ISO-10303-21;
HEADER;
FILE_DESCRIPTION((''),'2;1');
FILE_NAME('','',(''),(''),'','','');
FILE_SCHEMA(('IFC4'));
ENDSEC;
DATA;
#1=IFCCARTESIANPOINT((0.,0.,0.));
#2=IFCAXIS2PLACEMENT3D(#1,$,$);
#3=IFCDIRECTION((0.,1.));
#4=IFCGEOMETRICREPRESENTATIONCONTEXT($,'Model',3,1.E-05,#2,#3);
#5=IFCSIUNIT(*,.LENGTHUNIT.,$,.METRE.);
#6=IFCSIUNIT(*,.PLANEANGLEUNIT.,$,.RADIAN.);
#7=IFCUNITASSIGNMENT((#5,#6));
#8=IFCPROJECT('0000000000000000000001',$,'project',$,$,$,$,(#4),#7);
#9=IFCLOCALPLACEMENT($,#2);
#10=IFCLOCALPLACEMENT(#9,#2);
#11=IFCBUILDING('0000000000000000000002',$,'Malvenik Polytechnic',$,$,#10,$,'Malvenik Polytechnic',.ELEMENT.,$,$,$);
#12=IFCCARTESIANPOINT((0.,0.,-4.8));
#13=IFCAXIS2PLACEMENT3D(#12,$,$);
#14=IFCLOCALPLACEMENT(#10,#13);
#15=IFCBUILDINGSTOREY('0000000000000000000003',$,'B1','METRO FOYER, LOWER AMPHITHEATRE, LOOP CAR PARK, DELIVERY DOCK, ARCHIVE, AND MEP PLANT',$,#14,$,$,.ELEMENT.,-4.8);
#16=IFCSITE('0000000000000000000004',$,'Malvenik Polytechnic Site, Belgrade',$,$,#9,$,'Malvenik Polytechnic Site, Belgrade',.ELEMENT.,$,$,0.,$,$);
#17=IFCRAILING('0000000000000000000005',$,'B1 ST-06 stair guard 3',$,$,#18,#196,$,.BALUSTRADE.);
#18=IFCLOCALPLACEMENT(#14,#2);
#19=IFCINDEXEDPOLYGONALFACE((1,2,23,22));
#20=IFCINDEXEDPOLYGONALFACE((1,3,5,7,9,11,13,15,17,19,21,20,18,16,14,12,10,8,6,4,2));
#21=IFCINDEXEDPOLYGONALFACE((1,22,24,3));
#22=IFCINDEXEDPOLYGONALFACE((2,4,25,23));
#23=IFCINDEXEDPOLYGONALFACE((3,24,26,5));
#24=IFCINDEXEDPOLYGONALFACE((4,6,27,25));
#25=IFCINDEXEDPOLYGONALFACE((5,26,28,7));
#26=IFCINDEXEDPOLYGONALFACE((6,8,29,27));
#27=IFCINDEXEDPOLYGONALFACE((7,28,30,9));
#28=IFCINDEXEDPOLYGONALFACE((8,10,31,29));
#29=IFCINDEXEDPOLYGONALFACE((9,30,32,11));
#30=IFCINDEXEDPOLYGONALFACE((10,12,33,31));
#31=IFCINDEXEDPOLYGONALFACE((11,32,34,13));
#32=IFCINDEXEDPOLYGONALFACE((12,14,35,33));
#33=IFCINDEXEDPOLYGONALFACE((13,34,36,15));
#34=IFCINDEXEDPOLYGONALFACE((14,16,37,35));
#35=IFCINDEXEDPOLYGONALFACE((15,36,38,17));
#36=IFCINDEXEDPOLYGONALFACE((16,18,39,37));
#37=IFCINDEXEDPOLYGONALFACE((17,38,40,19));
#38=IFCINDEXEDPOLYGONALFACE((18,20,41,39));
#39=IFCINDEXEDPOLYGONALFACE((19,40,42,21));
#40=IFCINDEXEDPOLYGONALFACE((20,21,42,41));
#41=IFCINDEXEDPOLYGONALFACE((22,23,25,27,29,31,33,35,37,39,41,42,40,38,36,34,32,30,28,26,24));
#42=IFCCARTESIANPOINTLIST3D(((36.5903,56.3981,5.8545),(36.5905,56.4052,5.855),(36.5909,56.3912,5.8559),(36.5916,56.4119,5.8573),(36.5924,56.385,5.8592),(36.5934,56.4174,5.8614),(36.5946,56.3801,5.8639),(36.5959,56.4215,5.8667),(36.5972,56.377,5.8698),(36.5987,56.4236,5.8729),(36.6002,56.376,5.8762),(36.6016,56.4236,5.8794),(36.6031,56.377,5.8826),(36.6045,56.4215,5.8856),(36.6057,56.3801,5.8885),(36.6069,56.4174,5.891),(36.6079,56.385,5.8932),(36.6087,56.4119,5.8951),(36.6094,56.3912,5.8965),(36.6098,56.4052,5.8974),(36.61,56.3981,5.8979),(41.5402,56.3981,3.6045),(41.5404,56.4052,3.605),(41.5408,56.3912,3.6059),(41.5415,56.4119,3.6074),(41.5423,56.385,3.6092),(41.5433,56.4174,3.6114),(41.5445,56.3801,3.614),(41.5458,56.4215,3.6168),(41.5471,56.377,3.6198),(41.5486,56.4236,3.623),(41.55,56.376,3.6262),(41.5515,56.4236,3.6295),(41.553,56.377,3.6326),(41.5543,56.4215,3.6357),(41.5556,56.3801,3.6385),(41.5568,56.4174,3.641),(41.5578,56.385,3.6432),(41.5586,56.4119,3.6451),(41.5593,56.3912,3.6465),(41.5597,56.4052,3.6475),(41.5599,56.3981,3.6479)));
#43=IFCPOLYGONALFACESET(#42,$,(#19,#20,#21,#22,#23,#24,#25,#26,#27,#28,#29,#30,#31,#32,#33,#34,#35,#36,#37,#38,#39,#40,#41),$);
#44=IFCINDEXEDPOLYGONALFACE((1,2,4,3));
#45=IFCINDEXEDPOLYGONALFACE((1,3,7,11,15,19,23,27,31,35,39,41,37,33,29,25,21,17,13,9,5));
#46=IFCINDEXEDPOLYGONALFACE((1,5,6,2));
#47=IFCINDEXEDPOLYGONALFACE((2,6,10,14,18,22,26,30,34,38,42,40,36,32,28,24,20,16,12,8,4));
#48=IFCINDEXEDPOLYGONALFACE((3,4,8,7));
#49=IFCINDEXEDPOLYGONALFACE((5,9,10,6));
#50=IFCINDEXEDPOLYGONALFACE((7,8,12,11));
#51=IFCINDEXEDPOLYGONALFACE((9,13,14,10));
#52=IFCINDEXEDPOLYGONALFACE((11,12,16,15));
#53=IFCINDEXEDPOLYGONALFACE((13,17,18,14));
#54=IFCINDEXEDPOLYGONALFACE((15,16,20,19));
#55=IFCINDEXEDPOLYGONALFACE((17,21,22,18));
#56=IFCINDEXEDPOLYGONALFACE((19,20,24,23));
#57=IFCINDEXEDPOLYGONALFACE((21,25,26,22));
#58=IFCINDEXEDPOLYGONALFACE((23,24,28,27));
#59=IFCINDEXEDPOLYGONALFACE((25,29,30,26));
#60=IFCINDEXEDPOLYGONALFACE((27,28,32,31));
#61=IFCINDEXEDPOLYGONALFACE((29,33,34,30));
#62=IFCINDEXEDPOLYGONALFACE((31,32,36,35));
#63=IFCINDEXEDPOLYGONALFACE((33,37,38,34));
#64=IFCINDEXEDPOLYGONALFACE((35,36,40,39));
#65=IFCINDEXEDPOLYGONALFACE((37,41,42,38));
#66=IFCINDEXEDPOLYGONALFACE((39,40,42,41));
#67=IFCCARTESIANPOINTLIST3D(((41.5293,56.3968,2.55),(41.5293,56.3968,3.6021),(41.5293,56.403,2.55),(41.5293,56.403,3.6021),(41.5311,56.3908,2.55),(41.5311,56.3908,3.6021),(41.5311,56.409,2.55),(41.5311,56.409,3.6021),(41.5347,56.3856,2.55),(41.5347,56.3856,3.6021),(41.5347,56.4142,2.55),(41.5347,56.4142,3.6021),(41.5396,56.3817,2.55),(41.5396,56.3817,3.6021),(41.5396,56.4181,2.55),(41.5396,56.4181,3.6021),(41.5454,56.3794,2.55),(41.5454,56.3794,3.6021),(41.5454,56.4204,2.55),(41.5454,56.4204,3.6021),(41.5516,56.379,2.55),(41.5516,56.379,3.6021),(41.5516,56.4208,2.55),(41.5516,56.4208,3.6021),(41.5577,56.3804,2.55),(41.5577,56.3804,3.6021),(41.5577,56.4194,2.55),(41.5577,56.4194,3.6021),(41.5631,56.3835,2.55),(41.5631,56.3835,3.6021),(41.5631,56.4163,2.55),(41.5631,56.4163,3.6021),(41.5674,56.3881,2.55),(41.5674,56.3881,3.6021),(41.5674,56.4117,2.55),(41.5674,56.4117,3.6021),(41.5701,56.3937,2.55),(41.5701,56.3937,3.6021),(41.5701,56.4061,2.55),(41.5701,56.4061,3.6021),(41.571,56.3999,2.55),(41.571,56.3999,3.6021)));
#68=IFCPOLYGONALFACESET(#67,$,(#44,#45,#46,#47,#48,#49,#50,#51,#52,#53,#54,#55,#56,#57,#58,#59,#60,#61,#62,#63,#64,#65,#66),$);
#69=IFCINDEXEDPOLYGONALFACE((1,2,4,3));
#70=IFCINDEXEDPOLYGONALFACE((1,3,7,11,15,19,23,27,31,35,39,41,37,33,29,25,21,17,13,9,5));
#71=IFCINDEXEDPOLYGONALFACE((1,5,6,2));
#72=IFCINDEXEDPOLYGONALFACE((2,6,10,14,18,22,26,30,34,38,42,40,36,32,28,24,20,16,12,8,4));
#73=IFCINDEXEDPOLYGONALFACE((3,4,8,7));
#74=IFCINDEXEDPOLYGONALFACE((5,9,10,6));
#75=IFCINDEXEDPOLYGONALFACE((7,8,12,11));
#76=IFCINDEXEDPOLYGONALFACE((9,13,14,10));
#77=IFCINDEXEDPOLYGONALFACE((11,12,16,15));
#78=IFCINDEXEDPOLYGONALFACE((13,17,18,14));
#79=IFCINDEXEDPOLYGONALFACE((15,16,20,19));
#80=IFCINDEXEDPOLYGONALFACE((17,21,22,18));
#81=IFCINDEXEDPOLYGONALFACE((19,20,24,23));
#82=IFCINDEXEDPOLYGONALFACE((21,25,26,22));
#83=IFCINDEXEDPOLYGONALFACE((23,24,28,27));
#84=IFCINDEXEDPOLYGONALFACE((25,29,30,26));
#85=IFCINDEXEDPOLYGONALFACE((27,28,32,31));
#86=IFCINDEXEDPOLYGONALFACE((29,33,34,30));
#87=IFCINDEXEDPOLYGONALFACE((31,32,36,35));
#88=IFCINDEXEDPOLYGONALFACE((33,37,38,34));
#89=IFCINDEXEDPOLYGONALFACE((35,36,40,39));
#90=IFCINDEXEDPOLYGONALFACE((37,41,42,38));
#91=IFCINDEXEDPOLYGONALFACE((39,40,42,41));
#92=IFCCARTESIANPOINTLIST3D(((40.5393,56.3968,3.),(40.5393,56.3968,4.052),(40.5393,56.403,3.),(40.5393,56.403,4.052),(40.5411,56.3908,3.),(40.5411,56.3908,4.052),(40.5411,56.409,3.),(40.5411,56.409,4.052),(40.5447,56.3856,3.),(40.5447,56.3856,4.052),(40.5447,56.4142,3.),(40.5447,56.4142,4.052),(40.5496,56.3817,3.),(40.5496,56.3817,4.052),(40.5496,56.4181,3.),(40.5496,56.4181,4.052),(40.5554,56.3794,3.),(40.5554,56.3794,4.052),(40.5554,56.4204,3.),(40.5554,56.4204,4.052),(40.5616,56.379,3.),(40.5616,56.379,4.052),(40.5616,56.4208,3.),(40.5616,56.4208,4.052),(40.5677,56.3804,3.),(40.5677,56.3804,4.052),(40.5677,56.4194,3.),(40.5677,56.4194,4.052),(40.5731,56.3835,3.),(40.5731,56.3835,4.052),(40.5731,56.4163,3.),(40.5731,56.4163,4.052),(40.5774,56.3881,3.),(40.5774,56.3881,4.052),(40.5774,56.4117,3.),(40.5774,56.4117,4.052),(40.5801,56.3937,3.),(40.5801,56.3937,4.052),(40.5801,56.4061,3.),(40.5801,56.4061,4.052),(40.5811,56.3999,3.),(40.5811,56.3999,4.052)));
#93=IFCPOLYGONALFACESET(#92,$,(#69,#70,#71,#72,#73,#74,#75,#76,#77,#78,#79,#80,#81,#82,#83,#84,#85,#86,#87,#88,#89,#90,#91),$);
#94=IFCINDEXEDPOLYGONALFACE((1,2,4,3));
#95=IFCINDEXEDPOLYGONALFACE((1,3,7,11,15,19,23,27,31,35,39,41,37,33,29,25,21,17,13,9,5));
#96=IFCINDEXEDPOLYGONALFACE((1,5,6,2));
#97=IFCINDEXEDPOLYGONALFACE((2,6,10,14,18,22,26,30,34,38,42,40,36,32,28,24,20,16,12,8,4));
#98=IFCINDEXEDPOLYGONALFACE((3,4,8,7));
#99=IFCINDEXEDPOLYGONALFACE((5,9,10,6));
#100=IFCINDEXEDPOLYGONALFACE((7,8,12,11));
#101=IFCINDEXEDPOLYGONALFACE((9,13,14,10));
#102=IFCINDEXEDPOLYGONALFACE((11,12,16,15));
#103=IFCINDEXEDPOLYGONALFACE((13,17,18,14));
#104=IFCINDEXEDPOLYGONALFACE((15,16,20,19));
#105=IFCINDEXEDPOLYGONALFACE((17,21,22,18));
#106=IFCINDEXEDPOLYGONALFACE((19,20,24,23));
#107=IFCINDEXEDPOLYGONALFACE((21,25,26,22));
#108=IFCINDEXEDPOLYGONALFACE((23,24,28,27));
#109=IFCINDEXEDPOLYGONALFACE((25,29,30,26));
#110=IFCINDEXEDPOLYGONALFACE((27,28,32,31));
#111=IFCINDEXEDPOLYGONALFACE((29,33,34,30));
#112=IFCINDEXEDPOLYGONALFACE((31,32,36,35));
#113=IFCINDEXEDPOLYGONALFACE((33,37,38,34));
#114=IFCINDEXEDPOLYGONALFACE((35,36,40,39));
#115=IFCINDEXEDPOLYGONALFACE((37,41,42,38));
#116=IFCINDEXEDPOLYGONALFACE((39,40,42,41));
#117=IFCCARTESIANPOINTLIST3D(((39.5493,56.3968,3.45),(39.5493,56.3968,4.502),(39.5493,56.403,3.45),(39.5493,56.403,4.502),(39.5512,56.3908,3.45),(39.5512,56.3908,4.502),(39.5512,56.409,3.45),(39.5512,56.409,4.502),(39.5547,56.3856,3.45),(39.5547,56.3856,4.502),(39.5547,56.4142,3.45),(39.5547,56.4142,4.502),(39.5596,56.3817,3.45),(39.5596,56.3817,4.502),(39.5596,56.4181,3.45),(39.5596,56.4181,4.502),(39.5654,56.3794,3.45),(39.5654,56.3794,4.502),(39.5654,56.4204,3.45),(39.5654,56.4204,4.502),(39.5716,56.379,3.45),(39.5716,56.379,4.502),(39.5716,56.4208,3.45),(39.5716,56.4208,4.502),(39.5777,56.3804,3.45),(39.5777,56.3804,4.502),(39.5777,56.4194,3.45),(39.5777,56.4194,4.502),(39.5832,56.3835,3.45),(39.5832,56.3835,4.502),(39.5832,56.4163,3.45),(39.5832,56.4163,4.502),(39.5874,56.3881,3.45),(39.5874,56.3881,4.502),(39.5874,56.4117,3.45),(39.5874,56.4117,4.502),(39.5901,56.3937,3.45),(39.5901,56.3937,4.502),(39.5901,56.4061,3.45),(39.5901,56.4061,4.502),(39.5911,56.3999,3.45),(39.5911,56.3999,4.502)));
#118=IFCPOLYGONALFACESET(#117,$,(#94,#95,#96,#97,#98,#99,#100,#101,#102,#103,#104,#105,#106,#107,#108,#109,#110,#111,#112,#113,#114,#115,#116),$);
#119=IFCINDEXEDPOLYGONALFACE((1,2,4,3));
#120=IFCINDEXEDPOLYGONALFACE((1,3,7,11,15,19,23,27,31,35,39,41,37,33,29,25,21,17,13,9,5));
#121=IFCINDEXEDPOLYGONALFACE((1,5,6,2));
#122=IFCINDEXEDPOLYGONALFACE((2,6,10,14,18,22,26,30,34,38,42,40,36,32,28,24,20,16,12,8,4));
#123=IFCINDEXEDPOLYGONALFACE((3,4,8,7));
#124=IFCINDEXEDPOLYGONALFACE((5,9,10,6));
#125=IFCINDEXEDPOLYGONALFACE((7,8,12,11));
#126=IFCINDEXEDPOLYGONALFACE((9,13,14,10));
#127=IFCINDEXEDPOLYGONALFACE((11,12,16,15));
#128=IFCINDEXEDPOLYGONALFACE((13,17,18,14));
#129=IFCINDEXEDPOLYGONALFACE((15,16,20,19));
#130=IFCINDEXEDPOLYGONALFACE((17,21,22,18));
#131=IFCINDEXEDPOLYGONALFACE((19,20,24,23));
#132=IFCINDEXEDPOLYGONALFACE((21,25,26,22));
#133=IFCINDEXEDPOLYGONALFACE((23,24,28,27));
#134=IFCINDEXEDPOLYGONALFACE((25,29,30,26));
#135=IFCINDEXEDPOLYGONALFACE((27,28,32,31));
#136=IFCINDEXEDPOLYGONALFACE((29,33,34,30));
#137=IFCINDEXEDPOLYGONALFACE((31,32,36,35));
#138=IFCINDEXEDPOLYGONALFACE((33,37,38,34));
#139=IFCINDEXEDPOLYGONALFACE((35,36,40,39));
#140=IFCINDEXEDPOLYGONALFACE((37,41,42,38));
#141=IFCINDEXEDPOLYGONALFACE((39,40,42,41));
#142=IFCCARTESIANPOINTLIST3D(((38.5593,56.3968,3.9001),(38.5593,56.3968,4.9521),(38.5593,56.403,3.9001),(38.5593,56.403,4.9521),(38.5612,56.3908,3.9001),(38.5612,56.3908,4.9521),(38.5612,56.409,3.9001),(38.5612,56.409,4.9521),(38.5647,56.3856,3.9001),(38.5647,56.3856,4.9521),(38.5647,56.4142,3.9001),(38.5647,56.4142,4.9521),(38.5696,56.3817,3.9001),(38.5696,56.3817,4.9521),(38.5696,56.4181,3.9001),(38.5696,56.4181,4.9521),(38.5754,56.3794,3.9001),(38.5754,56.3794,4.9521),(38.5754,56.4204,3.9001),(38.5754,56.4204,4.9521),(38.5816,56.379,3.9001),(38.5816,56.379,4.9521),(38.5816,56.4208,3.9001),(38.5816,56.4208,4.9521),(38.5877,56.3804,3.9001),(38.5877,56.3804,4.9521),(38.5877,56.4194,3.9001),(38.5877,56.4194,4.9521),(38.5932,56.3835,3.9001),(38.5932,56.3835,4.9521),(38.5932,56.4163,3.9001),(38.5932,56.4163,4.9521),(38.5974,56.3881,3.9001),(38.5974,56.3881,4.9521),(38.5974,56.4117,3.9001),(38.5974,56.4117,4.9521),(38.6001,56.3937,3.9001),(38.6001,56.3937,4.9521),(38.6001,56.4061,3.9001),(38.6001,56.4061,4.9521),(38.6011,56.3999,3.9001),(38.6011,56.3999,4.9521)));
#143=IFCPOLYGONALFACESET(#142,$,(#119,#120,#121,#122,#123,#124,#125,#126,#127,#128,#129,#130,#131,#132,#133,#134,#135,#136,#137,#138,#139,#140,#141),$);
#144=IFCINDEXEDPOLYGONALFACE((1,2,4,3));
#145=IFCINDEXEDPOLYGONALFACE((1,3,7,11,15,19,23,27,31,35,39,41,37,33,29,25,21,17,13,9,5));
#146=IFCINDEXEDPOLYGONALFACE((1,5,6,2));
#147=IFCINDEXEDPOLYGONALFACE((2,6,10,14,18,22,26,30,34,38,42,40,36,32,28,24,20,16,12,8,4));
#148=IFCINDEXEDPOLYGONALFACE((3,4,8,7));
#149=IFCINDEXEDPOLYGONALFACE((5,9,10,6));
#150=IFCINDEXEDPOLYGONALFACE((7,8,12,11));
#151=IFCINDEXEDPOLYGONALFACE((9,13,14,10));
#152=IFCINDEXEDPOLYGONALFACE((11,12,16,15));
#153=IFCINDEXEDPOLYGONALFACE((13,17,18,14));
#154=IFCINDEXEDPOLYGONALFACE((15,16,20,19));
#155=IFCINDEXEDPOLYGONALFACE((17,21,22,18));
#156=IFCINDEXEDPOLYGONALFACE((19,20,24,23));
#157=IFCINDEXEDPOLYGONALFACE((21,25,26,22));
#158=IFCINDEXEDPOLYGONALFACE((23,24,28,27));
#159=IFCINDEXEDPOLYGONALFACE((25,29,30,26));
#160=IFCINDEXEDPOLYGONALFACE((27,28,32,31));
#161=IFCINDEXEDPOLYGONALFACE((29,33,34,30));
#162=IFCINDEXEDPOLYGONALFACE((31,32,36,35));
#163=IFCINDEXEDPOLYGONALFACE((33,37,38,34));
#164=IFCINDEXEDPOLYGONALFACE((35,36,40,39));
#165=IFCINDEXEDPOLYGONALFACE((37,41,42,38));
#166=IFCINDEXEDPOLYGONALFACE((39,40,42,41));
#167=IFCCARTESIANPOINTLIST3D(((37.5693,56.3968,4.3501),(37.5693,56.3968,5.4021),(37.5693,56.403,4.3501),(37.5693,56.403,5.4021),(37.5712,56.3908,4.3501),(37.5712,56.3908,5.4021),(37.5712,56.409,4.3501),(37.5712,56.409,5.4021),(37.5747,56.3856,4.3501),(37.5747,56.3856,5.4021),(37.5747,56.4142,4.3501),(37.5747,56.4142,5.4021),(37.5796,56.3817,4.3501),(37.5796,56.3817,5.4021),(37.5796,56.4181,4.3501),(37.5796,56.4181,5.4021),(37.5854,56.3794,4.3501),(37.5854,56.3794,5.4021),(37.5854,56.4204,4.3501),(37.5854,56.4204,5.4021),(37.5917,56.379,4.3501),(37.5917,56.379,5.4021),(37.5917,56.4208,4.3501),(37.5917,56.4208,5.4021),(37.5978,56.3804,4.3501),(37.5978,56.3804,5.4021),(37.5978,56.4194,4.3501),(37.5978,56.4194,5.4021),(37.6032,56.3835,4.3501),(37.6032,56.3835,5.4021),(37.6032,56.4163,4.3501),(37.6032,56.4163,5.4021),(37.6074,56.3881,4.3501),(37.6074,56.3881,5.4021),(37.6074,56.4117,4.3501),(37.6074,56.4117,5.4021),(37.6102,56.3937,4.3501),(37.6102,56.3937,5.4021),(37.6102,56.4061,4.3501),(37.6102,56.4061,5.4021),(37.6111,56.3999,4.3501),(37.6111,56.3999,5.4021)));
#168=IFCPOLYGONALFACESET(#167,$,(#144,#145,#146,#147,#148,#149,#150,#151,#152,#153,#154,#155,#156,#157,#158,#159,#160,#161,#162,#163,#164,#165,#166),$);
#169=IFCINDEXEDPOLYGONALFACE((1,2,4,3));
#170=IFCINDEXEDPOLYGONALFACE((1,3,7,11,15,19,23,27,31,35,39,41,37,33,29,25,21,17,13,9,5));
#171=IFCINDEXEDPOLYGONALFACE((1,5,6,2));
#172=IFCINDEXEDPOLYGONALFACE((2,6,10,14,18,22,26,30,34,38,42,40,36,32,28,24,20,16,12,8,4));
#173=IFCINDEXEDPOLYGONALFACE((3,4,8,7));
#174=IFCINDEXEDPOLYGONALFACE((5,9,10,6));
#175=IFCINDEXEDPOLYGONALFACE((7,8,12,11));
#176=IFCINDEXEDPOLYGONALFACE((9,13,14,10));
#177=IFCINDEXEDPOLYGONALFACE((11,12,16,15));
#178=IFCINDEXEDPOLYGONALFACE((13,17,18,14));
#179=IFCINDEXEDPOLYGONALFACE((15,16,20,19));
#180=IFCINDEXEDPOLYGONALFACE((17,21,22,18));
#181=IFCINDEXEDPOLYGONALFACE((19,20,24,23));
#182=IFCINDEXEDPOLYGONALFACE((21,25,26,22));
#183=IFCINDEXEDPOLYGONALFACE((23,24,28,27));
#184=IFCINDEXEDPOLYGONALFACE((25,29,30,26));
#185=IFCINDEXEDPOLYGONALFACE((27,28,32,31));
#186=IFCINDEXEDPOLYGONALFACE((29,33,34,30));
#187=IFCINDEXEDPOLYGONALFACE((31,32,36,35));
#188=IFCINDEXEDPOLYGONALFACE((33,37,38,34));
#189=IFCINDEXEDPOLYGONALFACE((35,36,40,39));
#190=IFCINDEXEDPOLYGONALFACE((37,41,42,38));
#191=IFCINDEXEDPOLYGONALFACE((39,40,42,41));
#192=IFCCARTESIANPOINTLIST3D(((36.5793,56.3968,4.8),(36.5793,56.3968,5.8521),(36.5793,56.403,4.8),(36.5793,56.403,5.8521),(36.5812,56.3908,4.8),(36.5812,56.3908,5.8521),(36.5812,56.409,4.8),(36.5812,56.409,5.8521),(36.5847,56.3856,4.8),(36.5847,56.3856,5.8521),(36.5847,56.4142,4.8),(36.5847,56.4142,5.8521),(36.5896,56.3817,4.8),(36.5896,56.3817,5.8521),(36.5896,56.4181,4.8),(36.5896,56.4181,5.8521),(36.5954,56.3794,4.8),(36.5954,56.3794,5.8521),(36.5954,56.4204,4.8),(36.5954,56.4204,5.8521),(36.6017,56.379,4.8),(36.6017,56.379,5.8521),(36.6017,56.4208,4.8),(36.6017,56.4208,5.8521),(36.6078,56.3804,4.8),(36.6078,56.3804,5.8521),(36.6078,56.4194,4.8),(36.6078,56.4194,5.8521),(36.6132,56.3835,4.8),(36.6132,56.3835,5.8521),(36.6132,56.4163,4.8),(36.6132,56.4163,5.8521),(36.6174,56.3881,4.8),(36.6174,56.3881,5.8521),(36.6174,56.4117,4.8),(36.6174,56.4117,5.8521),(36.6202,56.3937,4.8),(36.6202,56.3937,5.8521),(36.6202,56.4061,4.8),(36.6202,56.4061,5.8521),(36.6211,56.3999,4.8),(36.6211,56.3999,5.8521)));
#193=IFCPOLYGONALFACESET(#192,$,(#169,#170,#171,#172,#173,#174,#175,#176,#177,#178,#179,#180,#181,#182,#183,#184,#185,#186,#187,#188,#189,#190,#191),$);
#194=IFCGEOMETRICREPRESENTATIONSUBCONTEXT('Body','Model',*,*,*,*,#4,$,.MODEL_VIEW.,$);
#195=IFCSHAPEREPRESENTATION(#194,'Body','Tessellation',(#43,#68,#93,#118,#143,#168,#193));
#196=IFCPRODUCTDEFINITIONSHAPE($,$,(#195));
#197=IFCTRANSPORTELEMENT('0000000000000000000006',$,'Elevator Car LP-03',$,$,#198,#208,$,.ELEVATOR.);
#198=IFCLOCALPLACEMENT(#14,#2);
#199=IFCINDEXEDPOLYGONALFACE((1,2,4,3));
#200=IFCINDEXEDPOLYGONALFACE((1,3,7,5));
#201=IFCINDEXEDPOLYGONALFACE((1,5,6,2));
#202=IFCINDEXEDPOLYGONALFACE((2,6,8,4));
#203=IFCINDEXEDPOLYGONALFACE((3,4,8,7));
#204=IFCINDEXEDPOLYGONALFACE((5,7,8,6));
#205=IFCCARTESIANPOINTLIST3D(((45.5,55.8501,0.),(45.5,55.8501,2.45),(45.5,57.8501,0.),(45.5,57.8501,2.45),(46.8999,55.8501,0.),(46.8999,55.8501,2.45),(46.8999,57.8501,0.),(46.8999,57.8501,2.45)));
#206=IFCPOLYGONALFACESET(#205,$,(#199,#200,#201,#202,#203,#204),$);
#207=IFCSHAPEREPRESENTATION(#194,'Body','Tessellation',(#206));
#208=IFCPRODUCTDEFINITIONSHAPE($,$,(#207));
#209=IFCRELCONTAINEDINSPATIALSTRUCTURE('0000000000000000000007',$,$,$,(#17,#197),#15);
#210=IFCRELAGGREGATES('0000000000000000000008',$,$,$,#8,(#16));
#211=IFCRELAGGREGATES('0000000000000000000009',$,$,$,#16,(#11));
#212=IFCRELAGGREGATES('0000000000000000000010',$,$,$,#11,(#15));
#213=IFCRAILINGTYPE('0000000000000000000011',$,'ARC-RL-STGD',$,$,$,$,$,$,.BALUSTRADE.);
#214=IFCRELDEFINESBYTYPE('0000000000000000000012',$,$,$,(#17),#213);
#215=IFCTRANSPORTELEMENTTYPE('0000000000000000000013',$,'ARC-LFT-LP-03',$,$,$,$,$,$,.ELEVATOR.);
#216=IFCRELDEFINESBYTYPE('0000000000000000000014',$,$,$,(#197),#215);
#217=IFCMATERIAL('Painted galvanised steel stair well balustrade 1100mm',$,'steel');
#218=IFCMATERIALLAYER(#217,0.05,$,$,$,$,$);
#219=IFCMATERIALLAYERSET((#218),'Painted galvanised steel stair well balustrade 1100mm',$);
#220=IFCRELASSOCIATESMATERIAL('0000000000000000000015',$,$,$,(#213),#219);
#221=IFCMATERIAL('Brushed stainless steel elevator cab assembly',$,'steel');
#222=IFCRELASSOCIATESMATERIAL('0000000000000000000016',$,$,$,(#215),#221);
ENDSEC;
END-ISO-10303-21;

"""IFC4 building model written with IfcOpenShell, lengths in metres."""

from ifc_helpers import new_model, si_unit, direction, frame, origin, origin_2d, place, context, subcontext, project, spatial, rectangle, circle, extrude, material, layer, layer_set, type_object, element, save


model = new_model("IFC4")

# Units and contexts
model_context = context("Model", 3, precision=1e-05, world=origin(), true_north=direction((0.0, 1.0)))
body_context = subcontext(model_context, "Body", "Model", "MODEL_VIEW")
ifc_project = project(units=[si_unit("LENGTHUNIT", "METRE"), si_unit("PLANEANGLEUNIT", "RADIAN")], contexts=[model_context])

# Site, building, storey
site_placement = place(None, origin())
site = spatial("IfcSite", under=ifc_project, at=site_placement, Name="Malvenik Polytechnic Site, Belgrade", LongName="Malvenik Polytechnic Site, Belgrade", CompositionType="ELEMENT", RefElevation=0.0)
building_placement = place(site_placement, origin())
building = spatial("IfcBuilding", under=site, at=building_placement, Name="Malvenik Polytechnic", LongName="Malvenik Polytechnic", CompositionType="ELEMENT")
storey_placement = place(building_placement, frame((0.0, 0.0, -4.8)))
storey = spatial("IfcBuildingStorey", under=building, at=storey_placement, Name="B1", Description="METRO FOYER, LOWER AMPHITHEATRE, LOOP CAR PARK, DELIVERY DOCK, ARCHIVE, AND MEP PLANT", CompositionType="ELEMENT", Elevation=-4.8)

# Railing
ifc_material_1 = material(Name="Painted galvanised steel stair well balustrade 1100mm", Category="steel")
ifc_layer_1 = layer(ifc_material_1, 0.05)
ifc_layer_set_1 = layer_set([ifc_layer_1], Name="Painted galvanised steel stair well balustrade 1100mm")
railing_type = type_object("IfcRailingType", Name="ARC-RL-STGD", PredefinedType="BALUSTRADE", material=ifc_layer_set_1)
railing_1_placement = place(storey_placement, frame((41.55, 56.3999, 2.55)))
element("IfcRailing", 1, at=railing_1_placement, inside=storey, type_object=railing_type, Name="B1 ST-06 stair guard 3", PredefinedType="BALUSTRADE", context=body_context, shape_type="SweptSolid", body=[
    extrude(circle(Radius=0.0239, at=origin_2d()), frame((0.0, 0.0, 1.0762), z_axis=(-0.910365, 0.0, 0.413806), x_axis=(0.0, -1.0, 0.0)), (0.0, 0.0, 1.0), 5.4373),
    extrude(circle(Radius=0.021, at=origin_2d()), origin(), (0.0, 0.0, 1.0), 1.052),
    extrude(circle(Radius=0.021, at=origin_2d()), frame((-0.99, 0.0, 0.45)), (0.0, 0.0, 1.0), 1.052),
    extrude(circle(Radius=0.021, at=origin_2d()), frame((-1.98, 0.0, 0.8999)), (0.0, 0.0, 1.0), 1.052),
    extrude(circle(Radius=0.021, at=origin_2d()), frame((-2.97, 0.0, 1.3501)), (0.0, 0.0, 1.0), 1.052),
    extrude(circle(Radius=0.021, at=origin_2d()), frame((-3.96, 0.0, 1.8)), (0.0, 0.0, 1.0), 1.052),
    extrude(circle(Radius=0.021, at=origin_2d()), frame((-4.95, 0.0, 2.25)), (0.0, 0.0, 1.0), 1.052),
])

# Transport element
ifc_material_2 = material(Name="Brushed stainless steel elevator cab assembly", Category="steel")
transport_element_type = type_object("IfcTransportElementType", Name="ARC-LFT-LP-03", PredefinedType="ELEVATOR", material=ifc_material_2)
transport_element_placement = place(storey_placement, frame((46.2, 56.8501, 0.0), z_axis=(0.0, 0.0, 1.0), x_axis=(1.0, 0.0, 0.0)))
element("IfcTransportElement", 2, at=transport_element_placement, inside=storey, type_object=transport_element_type, Name="Elevator Car LP-03", PredefinedType="ELEVATOR", context=body_context, shape_type="SweptSolid", body=[
    extrude(rectangle(XDim=1.3999, YDim=2.0, at=origin_2d()), origin(), (0.0, 0.0, 1.0), 2.45),
])

save(model, "model.ifc")
